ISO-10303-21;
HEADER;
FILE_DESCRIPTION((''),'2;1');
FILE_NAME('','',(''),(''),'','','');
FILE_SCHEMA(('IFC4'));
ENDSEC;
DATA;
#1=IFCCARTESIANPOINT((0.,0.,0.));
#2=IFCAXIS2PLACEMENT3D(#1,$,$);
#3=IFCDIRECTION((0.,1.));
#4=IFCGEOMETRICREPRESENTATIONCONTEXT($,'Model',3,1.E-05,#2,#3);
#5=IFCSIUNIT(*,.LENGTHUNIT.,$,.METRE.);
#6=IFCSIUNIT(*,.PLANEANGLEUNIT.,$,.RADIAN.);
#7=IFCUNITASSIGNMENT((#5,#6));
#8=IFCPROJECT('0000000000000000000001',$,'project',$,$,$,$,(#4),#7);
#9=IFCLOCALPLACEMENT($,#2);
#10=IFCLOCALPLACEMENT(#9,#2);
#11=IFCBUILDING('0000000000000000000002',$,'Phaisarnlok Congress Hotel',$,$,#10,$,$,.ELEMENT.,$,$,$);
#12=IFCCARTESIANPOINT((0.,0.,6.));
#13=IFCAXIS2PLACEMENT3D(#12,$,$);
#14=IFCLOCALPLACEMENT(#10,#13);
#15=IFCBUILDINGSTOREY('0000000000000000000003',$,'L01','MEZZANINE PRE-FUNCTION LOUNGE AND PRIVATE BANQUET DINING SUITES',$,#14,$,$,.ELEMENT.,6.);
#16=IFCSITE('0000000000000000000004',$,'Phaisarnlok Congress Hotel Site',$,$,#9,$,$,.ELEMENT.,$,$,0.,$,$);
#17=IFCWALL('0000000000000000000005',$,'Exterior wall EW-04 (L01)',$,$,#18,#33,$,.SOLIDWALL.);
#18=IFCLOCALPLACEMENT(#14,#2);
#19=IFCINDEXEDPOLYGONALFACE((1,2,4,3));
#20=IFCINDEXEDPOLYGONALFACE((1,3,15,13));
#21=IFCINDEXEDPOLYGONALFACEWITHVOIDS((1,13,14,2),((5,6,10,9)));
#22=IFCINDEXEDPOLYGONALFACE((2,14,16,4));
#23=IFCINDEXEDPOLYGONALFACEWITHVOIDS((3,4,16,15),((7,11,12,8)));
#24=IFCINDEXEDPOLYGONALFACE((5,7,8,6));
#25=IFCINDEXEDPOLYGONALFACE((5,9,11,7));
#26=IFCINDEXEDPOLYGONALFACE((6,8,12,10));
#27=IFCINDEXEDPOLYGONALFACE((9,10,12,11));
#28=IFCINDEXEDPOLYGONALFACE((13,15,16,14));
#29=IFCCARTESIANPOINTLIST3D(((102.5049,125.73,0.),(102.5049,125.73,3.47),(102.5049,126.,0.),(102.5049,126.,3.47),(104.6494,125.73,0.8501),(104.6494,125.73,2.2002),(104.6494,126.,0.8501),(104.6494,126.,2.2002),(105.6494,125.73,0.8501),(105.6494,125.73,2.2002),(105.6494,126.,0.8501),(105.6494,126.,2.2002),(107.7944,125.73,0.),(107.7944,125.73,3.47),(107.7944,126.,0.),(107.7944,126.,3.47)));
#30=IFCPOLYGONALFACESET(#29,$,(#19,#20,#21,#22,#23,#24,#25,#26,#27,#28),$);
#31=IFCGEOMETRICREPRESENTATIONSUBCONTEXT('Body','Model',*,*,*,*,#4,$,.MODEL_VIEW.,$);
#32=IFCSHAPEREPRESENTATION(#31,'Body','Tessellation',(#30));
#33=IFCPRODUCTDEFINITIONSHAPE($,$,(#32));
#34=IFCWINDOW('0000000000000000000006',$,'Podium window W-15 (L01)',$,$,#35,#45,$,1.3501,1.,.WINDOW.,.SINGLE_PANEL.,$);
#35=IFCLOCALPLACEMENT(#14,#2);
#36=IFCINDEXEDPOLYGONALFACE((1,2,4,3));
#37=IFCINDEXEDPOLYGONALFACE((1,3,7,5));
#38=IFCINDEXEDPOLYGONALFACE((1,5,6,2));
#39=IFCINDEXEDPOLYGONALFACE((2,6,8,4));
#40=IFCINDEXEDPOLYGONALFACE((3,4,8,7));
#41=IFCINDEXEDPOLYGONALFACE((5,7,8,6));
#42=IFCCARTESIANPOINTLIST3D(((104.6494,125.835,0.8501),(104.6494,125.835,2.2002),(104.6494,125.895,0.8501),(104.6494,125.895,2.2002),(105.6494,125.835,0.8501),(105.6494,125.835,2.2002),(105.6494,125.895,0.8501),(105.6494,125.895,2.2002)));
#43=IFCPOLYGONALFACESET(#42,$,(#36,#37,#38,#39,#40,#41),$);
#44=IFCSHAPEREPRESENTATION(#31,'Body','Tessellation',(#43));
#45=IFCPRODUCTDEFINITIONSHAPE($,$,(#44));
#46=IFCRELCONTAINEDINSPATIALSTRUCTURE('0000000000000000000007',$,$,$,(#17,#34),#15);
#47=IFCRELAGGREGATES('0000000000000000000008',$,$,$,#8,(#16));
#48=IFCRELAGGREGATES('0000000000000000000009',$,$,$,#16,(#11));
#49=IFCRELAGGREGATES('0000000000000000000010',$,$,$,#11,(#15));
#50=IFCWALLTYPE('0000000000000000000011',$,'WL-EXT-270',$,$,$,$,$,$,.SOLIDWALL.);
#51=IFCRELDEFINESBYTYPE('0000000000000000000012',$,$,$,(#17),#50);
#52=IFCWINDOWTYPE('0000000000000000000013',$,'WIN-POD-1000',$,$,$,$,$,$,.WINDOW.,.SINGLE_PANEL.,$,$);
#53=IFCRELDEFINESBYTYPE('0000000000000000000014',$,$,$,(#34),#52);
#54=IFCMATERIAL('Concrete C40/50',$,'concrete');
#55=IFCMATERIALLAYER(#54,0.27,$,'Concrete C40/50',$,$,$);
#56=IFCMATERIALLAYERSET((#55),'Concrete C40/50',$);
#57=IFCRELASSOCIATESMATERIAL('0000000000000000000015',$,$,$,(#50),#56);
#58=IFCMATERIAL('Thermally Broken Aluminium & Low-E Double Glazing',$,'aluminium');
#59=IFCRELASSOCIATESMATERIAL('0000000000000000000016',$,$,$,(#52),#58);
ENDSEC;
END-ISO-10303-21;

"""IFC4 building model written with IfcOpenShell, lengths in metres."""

from ifc_helpers import new_model, si_unit, direction, frame, frame_2d, origin, place, context, subcontext, project, spatial, rectangle, extrude, material, layer, layer_set, type_object, element, fill, save


model = new_model("IFC4")

# Units and contexts
model_context = context("Model", 3, precision=1e-05, world=origin(), true_north=direction((0.0, 1.0)))
body_context = subcontext(model_context, "Body", "Model", "MODEL_VIEW")
ifc_project = project(units=[si_unit("LENGTHUNIT", "METRE"), si_unit("PLANEANGLEUNIT", "RADIAN")], contexts=[model_context])

# Site, building, storey
site_placement = place(None, origin())
site = spatial("IfcSite", under=ifc_project, at=site_placement, Name="Phaisarnlok Congress Hotel Site", CompositionType="ELEMENT", RefElevation=0.0)
building_placement = place(site_placement, origin())
building = spatial("IfcBuilding", under=site, at=building_placement, Name="Phaisarnlok Congress Hotel", CompositionType="ELEMENT")
storey_placement = place(building_placement, frame((0.0, 0.0, 6.0)))
storey = spatial("IfcBuildingStorey", under=building, at=storey_placement, Name="L01", Description="MEZZANINE PRE-FUNCTION LOUNGE AND PRIVATE BANQUET DINING SUITES", CompositionType="ELEMENT", Elevation=6.0)

# Shared definitions
ifc_material_1 = material(Name="Concrete C40/50", Category="concrete")

# Wall, opening, window
ifc_layer_1 = layer(ifc_material_1, 0.27, Name="Concrete C40/50")
ifc_layer_set_1 = layer_set([ifc_layer_1], Name="Concrete C40/50")
wall_type = type_object("IfcWallType", Name="WL-EXT-270", PredefinedType="SOLIDWALL", material=ifc_layer_set_1)
wall_placement = place(storey_placement, frame((107.7944, 125.865, 0.0), z_axis=(0.0, 0.0, 1.0), x_axis=(-1.0, 0.0, 0.0)))
wall = element("IfcWall", 1, at=wall_placement, inside=storey, type_object=wall_type, Name="Exterior wall EW-04 (L01)", PredefinedType="SOLIDWALL", context=body_context, shape_type="SweptSolid", body=[
    extrude(rectangle(XDim=5.2896, YDim=0.27, at=frame_2d((2.6448, 0.0))), origin(), (0.0, 0.0, 1.0), 3.47),
])
opening_placement = place(wall_placement, frame((2.145, 0.0, 0.8501)))
opening = element("IfcOpeningElement", 2, at=opening_placement, cuts=wall, PredefinedType="OPENING", context=body_context, shape_type="SweptSolid", body=[
    extrude(rectangle(XDim=1.0, YDim=1.3501, at=frame_2d((0.5, 0.675))), frame((0.0, 0.145, 0.0), z_axis=(0.0, -1.0, 0.0), x_axis=(1.0, 0.0, 0.0)), (0.0, 0.0, 1.0), 0.29),
])
ifc_material_2 = material(Name="Thermally Broken Aluminium & Low-E Double Glazing", Category="aluminium")
window_type = type_object("IfcWindowType", Name="WIN-POD-1000", PartitioningType="SINGLE_PANEL", PredefinedType="WINDOW", material=ifc_material_2)
window_placement = place(opening_placement, origin())
window = element("IfcWindow", 3, at=window_placement, inside=storey, type_object=window_type, Name="Podium window W-15 (L01)", OverallHeight=1.3501, OverallWidth=1.0, PartitioningType="SINGLE_PANEL", PredefinedType="WINDOW", context=body_context, shape_type="SweptSolid", body=[
    extrude(rectangle(XDim=1.0, YDim=1.3501, at=frame_2d((0.5, 0.675))), frame((0.0, 0.03, 0.0), z_axis=(0.0, -1.0, 0.0), x_axis=(1.0, 0.0, 0.0)), (0.0, 0.0, 1.0), 0.0601),
])
fill(opening, window)

save(model, "model.ifc")
